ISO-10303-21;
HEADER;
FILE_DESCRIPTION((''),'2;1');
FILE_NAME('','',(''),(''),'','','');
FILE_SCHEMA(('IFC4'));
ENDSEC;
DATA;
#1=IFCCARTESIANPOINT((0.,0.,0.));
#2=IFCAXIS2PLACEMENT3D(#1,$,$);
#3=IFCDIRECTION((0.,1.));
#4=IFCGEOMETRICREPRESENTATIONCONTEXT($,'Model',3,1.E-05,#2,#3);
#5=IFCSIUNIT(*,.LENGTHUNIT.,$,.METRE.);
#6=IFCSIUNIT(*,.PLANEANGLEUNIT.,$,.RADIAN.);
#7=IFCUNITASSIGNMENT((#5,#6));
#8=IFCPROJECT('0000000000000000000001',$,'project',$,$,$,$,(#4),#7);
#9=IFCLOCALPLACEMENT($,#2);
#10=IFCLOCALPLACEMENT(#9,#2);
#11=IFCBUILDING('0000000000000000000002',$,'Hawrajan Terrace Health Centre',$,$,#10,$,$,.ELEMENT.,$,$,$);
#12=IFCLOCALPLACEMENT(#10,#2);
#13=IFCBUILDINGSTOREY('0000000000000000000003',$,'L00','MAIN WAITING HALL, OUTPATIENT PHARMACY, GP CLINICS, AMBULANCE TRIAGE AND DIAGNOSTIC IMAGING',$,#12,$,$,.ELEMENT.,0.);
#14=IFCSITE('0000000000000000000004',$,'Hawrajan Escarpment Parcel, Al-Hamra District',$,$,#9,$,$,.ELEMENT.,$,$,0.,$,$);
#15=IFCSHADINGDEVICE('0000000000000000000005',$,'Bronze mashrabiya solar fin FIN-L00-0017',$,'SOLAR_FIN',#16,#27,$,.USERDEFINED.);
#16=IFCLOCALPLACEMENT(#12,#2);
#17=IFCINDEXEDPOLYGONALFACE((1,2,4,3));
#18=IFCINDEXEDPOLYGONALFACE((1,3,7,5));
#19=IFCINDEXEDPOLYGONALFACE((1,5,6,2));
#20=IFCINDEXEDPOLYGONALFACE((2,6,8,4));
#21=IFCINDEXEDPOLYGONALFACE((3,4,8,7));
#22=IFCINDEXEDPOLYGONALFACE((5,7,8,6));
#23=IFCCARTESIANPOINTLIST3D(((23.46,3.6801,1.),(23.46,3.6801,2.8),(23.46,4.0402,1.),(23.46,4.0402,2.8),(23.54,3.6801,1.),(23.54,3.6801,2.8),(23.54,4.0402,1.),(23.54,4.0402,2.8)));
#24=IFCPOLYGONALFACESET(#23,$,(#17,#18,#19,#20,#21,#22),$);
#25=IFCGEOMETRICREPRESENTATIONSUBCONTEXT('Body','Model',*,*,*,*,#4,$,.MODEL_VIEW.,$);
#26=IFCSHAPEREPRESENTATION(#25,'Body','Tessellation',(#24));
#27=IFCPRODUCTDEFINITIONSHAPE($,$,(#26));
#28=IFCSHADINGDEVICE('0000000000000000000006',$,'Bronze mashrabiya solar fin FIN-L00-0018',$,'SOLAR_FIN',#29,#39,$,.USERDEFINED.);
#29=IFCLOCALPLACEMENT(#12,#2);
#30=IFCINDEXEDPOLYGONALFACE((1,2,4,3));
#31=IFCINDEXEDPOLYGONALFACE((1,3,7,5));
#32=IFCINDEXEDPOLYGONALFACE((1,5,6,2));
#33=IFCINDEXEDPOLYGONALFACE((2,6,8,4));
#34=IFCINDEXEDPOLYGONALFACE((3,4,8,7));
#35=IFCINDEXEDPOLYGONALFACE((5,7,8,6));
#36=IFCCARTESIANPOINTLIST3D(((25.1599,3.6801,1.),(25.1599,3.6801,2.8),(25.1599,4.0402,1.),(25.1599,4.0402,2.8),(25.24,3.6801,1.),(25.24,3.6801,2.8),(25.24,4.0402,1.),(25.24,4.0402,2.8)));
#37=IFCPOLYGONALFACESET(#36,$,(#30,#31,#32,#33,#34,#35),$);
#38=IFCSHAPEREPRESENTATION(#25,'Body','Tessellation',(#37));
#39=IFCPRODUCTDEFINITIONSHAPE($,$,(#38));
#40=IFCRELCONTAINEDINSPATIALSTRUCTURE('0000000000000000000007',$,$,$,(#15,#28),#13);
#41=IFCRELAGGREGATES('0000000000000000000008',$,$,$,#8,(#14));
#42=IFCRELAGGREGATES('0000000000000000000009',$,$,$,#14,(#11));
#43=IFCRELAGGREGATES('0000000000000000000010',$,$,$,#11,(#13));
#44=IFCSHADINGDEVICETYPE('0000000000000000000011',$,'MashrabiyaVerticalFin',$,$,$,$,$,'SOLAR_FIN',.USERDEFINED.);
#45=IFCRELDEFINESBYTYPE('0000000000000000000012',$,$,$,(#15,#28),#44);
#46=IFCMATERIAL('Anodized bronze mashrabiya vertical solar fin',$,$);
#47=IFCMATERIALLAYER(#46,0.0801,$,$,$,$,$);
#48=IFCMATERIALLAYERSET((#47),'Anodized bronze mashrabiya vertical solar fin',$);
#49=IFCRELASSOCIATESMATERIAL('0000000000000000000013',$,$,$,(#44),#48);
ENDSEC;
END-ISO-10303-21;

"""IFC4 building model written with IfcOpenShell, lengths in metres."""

from ifc_helpers import new_model, si_unit, direction, frame, origin, origin_2d, place, context, subcontext, project, spatial, rectangle, extrude, material, layer, layer_set, type_object, element, save


model = new_model("IFC4")

# Units and contexts
model_context = context("Model", 3, precision=1e-05, world=origin(), true_north=direction((0.0, 1.0)))
body_context = subcontext(model_context, "Body", "Model", "MODEL_VIEW")
ifc_project = project(units=[si_unit("LENGTHUNIT", "METRE"), si_unit("PLANEANGLEUNIT", "RADIAN")], contexts=[model_context])

# Site, building, storey
site_placement = place(None, origin())
site = spatial("IfcSite", under=ifc_project, at=site_placement, Name="Hawrajan Escarpment Parcel, Al-Hamra District", CompositionType="ELEMENT", RefElevation=0.0)
building_placement = place(site_placement, origin())
building = spatial("IfcBuilding", under=site, at=building_placement, Name="Hawrajan Terrace Health Centre", CompositionType="ELEMENT")
storey_placement = place(building_placement, origin())
storey = spatial("IfcBuildingStorey", under=building, at=storey_placement, Name="L00", Description="MAIN WAITING HALL, OUTPATIENT PHARMACY, GP CLINICS, AMBULANCE TRIAGE AND DIAGNOSTIC IMAGING", CompositionType="ELEMENT", Elevation=0.0)

# Shading devices
ifc_material_1 = material(Name="Anodized bronze mashrabiya vertical solar fin")
ifc_layer_1 = layer(ifc_material_1, 0.0801)
ifc_layer_set_1 = layer_set([ifc_layer_1], Name="Anodized bronze mashrabiya vertical solar fin")
shading_device_type = type_object("IfcShadingDeviceType", Name="MashrabiyaVerticalFin", ElementType="SOLAR_FIN", PredefinedType="USERDEFINED", material=ifc_layer_set_1)
for number, where, z_axis, x_axis, name in (
    (1, (23.5, 3.8601, 1.0), (0.0, 0.0, 1.0), (1.0, 0.0, 0.0), "Bronze mashrabiya solar fin FIN-L00-0017"),
    (2, (25.2, 3.8601, 1.0), (0.0, 0.0, 1.0), (1.0, 0.0, 0.0), "Bronze mashrabiya solar fin FIN-L00-0018"),
):
    element("IfcShadingDevice", number, at=place(storey_placement, frame(where, z_axis=z_axis, x_axis=x_axis)), inside=storey, type_object=shading_device_type, Name=name, ObjectType="SOLAR_FIN", PredefinedType="USERDEFINED", context=body_context, shape_type="SweptSolid", body=[
        extrude(rectangle(XDim=0.0801, YDim=0.3601, at=origin_2d()), origin(), (0.0, 0.0, 1.0), 1.8),
    ])

save(model, "model.ifc")
